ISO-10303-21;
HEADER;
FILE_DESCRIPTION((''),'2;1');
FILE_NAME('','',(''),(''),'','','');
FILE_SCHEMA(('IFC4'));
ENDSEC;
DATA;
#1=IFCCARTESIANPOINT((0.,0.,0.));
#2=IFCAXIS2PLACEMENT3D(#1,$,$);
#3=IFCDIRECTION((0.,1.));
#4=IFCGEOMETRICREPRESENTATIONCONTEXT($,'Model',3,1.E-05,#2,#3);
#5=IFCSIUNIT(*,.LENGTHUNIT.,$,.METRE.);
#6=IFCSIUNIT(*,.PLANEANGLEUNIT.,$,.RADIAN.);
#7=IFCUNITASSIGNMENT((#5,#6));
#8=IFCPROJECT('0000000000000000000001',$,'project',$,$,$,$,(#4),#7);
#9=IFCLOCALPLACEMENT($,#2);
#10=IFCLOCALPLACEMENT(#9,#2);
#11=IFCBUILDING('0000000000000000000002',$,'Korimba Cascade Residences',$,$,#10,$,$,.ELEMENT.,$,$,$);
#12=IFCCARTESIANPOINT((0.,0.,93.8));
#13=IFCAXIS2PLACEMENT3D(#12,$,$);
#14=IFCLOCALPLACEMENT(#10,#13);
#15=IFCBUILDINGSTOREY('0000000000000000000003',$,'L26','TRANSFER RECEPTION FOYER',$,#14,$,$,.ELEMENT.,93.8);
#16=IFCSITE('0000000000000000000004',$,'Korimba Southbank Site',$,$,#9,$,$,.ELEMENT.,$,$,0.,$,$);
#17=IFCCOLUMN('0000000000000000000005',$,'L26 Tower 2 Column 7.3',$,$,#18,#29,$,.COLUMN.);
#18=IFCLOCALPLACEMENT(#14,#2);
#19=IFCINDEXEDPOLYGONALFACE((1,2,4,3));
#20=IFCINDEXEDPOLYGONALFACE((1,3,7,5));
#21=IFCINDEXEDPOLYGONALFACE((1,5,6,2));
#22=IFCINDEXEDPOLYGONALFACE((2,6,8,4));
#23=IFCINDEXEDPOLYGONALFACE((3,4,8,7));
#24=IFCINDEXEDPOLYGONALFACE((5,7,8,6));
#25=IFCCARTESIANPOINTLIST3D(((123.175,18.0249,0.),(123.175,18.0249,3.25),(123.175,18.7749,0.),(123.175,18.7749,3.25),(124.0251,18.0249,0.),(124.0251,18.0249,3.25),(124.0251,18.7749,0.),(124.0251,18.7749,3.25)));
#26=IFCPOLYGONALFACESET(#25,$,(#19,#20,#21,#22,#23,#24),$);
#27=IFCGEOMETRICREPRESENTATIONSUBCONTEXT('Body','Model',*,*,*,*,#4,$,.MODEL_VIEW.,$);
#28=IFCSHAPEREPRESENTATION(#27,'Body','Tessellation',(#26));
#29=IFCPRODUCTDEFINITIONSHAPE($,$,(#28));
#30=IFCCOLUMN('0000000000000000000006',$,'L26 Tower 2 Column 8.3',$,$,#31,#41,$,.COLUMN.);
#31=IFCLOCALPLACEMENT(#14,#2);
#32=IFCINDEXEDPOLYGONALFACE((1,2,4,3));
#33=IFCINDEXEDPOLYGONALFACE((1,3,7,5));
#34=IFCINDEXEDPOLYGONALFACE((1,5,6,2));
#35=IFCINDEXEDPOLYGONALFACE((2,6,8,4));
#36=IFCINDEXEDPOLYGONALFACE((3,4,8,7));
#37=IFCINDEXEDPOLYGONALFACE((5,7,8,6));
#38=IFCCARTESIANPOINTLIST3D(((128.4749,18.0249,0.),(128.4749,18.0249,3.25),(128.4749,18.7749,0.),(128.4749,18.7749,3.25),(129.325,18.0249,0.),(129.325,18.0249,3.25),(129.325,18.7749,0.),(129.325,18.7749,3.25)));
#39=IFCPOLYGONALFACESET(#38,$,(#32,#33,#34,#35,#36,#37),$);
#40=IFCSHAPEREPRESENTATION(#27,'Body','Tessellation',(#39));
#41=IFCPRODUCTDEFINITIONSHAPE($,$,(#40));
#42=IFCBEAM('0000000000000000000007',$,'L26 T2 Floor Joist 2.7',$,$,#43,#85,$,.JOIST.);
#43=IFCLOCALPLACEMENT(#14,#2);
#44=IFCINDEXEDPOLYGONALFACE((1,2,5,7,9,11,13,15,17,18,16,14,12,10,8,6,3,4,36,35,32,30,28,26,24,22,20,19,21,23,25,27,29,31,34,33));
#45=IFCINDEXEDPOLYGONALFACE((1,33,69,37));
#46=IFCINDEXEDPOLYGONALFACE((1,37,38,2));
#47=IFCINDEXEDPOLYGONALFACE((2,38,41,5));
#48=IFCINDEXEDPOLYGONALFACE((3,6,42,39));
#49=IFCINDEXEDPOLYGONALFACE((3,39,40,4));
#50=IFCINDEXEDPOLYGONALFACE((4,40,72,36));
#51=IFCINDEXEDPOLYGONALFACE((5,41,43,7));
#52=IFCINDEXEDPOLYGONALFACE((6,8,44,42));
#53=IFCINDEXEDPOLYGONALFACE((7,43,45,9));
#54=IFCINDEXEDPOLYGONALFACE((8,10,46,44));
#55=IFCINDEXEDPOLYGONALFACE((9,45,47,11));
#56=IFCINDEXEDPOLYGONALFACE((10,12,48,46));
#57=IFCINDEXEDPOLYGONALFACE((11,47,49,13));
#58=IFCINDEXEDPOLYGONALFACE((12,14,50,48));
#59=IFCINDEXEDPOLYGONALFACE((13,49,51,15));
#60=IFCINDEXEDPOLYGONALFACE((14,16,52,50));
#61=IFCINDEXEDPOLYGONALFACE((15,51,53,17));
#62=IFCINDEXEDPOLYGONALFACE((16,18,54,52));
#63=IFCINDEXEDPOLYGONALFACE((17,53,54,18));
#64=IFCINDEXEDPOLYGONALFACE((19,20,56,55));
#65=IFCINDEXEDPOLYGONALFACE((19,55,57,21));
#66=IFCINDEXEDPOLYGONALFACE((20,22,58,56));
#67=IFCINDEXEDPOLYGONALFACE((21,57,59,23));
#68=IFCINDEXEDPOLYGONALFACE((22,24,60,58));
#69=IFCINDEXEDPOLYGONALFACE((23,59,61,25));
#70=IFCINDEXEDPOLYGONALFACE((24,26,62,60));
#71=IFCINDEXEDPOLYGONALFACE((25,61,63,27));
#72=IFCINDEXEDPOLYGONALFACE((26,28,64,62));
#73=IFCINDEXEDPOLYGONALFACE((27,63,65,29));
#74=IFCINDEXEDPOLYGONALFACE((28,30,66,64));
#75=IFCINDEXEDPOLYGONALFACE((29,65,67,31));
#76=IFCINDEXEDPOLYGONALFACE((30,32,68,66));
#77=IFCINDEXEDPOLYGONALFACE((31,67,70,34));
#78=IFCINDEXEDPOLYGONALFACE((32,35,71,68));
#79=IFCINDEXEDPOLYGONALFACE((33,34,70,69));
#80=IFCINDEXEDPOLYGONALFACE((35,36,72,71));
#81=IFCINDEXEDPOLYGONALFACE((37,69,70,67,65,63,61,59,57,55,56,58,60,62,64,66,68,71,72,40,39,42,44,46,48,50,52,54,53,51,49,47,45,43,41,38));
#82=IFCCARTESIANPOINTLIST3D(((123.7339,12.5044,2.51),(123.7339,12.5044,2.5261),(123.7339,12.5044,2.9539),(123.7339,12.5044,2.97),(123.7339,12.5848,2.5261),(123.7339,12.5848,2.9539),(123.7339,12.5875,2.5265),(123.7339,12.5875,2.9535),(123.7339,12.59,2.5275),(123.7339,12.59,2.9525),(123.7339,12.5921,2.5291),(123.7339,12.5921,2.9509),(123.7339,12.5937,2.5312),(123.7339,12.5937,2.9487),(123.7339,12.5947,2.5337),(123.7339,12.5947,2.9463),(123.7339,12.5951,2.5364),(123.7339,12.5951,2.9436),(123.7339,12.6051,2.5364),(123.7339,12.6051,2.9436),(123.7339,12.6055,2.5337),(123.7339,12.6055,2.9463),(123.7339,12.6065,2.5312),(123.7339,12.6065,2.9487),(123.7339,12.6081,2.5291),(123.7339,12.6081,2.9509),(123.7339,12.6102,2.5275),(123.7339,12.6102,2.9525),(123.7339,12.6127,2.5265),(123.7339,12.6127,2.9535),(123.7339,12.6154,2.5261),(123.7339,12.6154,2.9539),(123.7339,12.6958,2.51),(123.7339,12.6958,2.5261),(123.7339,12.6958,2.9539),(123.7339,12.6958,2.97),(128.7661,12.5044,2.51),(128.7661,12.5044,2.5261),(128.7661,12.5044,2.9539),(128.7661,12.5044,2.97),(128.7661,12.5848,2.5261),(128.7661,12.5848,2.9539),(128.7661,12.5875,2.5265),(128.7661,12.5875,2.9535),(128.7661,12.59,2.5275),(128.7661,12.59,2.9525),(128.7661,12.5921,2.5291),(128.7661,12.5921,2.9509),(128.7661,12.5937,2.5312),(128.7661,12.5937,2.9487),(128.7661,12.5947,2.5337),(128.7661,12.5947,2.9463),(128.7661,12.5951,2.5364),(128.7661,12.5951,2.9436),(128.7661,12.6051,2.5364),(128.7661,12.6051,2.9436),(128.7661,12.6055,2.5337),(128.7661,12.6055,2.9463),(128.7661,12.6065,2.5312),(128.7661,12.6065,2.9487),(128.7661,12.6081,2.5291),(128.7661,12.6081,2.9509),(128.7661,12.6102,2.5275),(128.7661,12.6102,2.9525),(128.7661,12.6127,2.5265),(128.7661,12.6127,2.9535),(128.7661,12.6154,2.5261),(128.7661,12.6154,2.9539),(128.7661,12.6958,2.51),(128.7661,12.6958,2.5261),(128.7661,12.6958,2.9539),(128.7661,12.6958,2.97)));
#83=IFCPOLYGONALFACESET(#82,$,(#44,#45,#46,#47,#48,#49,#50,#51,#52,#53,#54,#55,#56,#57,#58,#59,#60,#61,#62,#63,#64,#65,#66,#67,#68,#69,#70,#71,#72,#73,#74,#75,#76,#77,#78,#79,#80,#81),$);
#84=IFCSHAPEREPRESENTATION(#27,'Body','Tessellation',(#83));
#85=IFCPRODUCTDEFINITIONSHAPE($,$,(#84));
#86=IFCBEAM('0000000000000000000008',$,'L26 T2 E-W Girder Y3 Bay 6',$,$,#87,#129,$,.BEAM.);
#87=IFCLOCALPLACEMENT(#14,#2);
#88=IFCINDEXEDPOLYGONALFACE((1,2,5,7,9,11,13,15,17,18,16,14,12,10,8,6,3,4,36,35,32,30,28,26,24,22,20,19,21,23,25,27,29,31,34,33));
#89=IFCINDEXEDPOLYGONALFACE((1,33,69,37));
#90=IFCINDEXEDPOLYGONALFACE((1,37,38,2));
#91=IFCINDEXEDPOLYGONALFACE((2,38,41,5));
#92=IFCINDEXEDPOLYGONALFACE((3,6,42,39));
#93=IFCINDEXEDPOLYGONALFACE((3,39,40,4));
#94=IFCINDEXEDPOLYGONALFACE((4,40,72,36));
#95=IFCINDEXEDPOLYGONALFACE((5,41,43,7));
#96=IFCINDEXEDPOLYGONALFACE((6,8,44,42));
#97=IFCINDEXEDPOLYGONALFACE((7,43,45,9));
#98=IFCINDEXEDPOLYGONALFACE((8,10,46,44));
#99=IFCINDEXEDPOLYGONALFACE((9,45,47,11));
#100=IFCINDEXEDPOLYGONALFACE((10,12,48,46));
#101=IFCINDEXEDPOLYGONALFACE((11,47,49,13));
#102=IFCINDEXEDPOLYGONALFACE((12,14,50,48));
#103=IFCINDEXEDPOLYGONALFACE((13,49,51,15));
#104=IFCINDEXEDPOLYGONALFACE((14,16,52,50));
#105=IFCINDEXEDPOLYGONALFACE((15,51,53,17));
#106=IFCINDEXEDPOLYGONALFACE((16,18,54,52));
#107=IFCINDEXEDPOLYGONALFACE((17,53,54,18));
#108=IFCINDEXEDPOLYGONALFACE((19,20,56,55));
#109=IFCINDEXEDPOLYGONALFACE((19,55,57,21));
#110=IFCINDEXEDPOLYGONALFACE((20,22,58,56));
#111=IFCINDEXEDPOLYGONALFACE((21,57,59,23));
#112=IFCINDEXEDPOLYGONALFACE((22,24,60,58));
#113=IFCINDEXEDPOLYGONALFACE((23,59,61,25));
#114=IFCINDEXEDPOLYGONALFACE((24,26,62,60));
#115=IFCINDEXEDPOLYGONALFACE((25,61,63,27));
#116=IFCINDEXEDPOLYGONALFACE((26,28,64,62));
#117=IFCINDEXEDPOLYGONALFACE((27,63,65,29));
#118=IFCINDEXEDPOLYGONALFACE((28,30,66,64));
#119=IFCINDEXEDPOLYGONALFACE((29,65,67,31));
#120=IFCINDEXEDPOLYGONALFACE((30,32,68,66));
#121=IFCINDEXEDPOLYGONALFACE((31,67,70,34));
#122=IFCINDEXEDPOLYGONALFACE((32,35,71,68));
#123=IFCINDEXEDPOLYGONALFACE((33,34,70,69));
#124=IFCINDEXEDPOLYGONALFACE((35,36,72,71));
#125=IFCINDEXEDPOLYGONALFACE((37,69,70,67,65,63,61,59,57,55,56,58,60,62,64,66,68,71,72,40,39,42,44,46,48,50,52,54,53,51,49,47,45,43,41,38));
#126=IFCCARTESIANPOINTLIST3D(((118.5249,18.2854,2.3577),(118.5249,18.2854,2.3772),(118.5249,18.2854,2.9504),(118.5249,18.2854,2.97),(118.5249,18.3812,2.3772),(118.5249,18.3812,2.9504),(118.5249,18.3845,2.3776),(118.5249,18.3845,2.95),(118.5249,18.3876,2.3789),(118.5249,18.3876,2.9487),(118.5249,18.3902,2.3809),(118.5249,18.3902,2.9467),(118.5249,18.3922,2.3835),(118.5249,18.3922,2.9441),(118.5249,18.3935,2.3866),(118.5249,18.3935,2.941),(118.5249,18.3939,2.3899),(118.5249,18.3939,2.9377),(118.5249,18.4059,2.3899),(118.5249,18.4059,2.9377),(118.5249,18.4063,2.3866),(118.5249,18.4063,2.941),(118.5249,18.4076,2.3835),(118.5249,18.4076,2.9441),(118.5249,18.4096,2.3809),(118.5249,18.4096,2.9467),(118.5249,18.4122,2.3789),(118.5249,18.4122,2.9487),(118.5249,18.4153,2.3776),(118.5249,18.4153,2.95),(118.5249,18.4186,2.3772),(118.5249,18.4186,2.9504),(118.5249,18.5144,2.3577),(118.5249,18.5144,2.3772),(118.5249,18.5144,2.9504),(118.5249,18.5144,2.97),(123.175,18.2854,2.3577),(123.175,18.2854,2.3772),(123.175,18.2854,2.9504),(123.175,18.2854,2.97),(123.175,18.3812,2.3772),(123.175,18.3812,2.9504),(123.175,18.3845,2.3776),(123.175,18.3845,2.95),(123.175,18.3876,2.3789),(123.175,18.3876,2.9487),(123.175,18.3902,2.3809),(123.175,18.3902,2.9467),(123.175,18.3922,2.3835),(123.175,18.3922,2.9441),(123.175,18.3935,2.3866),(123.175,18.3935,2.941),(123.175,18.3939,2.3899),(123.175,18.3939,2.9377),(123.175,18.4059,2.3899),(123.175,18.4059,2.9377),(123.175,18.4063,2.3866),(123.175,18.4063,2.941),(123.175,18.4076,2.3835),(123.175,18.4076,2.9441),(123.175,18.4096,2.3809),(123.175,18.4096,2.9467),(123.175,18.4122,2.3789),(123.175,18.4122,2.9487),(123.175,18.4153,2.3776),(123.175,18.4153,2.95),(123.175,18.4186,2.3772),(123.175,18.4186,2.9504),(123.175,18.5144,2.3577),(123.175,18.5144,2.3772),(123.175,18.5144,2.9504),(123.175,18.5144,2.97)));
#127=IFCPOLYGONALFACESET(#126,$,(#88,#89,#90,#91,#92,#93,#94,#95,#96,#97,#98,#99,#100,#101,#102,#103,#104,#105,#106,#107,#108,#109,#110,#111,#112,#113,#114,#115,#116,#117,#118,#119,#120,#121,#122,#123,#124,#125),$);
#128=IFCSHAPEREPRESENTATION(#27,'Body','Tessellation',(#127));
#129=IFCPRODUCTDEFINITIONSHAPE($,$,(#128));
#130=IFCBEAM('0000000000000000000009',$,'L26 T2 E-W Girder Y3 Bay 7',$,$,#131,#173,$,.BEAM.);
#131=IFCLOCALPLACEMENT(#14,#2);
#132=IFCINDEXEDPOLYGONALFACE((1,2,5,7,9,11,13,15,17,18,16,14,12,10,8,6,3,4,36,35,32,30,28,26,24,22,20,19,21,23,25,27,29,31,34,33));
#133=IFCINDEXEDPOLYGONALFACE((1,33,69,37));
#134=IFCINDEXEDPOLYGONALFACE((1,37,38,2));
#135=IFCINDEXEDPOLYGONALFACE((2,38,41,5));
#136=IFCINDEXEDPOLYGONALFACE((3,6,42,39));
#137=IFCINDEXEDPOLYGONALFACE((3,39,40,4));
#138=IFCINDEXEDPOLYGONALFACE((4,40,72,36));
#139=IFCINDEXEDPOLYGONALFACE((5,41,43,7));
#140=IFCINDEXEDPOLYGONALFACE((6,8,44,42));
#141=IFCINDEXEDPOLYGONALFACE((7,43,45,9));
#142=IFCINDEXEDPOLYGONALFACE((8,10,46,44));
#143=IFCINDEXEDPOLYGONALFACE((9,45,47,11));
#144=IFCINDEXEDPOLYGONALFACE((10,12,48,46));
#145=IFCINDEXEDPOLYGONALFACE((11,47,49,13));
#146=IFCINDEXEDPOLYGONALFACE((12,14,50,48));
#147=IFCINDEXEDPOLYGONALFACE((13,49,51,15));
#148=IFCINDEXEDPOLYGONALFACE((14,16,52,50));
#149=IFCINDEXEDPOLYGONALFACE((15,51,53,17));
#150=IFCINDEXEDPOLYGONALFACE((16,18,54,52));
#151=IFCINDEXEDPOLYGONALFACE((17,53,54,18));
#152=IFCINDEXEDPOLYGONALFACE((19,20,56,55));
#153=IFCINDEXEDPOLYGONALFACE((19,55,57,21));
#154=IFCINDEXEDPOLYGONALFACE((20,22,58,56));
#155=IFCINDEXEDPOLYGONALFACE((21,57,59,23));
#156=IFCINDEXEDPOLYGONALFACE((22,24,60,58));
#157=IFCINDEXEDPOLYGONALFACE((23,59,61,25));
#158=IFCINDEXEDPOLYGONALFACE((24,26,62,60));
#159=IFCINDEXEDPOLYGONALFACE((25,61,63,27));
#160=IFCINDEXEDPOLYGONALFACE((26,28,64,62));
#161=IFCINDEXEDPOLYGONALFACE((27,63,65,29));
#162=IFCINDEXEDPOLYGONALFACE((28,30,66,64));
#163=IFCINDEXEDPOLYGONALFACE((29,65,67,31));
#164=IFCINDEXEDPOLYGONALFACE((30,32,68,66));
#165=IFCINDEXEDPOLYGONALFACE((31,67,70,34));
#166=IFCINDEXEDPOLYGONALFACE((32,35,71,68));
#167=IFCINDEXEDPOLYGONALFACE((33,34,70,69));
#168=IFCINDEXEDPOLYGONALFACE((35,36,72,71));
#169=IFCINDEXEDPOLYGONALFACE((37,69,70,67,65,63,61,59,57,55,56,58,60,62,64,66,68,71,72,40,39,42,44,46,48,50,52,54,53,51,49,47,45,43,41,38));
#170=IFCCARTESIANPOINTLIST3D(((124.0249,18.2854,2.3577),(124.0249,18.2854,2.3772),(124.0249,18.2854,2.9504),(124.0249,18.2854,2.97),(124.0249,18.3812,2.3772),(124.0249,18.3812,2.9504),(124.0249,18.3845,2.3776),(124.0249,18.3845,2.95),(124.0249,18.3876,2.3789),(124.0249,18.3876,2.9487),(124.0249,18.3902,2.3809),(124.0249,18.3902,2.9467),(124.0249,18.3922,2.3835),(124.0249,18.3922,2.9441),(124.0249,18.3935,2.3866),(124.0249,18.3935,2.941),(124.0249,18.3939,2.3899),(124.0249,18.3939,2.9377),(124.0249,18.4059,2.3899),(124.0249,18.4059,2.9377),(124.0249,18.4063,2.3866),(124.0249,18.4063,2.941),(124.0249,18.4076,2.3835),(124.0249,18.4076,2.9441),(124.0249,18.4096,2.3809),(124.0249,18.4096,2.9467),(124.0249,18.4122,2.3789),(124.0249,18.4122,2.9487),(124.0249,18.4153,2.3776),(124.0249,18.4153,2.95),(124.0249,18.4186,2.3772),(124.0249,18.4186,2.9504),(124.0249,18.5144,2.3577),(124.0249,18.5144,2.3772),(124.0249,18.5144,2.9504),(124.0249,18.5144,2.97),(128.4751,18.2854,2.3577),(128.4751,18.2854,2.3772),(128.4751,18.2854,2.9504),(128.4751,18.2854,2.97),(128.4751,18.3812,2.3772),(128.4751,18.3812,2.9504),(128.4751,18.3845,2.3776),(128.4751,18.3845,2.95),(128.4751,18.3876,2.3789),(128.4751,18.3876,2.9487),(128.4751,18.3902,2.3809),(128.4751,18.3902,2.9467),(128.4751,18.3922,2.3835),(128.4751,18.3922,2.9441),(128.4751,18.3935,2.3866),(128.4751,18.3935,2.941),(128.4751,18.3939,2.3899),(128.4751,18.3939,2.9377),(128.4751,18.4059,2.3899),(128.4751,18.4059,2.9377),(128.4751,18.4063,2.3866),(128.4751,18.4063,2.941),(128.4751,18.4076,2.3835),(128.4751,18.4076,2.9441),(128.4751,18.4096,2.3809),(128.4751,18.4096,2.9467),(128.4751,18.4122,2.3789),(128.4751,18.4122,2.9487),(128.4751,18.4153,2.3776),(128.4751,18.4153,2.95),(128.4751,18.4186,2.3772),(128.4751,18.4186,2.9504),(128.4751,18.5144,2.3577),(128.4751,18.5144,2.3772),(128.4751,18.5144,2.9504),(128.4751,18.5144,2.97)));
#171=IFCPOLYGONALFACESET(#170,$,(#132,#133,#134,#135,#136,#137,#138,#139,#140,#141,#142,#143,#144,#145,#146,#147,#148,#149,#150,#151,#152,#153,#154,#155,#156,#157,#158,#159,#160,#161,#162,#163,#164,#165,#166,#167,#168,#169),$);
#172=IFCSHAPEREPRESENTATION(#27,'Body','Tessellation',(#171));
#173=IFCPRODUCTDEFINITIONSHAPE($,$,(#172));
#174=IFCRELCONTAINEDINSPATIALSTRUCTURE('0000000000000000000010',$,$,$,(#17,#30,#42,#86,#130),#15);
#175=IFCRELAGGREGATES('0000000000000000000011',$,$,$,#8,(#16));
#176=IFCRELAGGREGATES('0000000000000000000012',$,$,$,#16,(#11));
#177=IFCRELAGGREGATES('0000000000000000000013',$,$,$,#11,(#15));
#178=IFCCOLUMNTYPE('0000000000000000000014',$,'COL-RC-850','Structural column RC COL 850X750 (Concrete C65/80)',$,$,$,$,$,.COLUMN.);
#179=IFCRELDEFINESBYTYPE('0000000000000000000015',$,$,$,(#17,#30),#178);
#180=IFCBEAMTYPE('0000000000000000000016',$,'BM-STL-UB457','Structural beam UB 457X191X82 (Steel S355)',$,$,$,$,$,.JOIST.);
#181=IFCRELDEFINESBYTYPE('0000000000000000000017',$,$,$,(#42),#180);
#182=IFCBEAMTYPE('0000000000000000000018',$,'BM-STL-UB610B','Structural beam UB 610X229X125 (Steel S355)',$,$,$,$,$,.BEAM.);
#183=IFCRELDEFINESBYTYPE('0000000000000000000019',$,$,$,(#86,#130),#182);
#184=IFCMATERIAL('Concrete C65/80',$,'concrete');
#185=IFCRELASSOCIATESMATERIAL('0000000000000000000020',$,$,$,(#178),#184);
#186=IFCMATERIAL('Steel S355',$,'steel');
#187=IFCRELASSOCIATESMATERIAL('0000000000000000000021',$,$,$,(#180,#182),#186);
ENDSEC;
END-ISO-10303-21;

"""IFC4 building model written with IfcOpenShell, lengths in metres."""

from ifc_helpers import new_model, si_unit, direction, frame, origin, origin_2d, place, context, subcontext, project, spatial, rectangle, i_section, extrude, material, material_profile, profile_set, type_object, element, save


model = new_model("IFC4")

# Units and contexts
model_context = context("Model", 3, precision=1e-05, world=origin(), true_north=direction((0.0, 1.0)))
body_context = subcontext(model_context, "Body", "Model", "MODEL_VIEW")
ifc_project = project(units=[si_unit("LENGTHUNIT", "METRE"), si_unit("PLANEANGLEUNIT", "RADIAN")], contexts=[model_context])

# Site, building, storey
site_placement = place(None, origin())
site = spatial("IfcSite", under=ifc_project, at=site_placement, Name="Korimba Southbank Site", CompositionType="ELEMENT", RefElevation=0.0)
building_placement = place(site_placement, origin())
building = spatial("IfcBuilding", under=site, at=building_placement, Name="Korimba Cascade Residences", CompositionType="ELEMENT")
storey_placement = place(building_placement, frame((0.0, 0.0, 93.8)))
storey = spatial("IfcBuildingStorey", under=building, at=storey_placement, Name="L26", Description="TRANSFER RECEPTION FOYER", CompositionType="ELEMENT", Elevation=93.8)

# Columns
ifc_material_1 = material(Name="Concrete C65/80", Category="concrete")
ifc_material_profile_1 = material_profile(ifc_material_1, rectangle(XDim=0.8501, YDim=0.75, at=origin_2d()), Name="Concrete C65/80")
ifc_profile_set_1 = profile_set([ifc_material_profile_1], Name="Concrete C65/80")
column_type = type_object("IfcColumnType", Name="COL-RC-850", Description="Structural column RC COL 850X750 (Concrete C65/80)", PredefinedType="COLUMN", material=ifc_profile_set_1)
for number, where, z_axis, x_axis, name in (
    (1, (123.6001, 18.3999, 0.0), (0.0, 0.0, 1.0), (1.0, 0.0, 0.0), "L26 Tower 2 Column 7.3"),
    (2, (128.8999, 18.3999, 0.0), (0.0, 0.0, 1.0), (1.0, 0.0, 0.0), "L26 Tower 2 Column 8.3"),
):
    element("IfcColumn", number, at=place(storey_placement, frame(where, z_axis=z_axis, x_axis=x_axis)), inside=storey, type_object=column_type, Name=name, PredefinedType="COLUMN", context=body_context, shape_type="SweptSolid", body=[
        extrude(rectangle(XDim=0.8501, YDim=0.75, at=origin_2d()), origin(), (0.0, 0.0, 1.0), 3.25),
    ])

# Beams
ifc_material_2 = material(Name="Steel S355", Category="steel")
ifc_material_profile_2 = material_profile(ifc_material_2, i_section(OverallWidth=0.1914, OverallDepth=0.46, WebThickness=0.01, FlangeThickness=0.0161, FilletRadius=0.0103, at=origin_2d()), Name="Steel S355")
ifc_profile_set_2 = profile_set([ifc_material_profile_2], Name="Steel S355")
beam_type_1 = type_object("IfcBeamType", Name="BM-STL-UB457", Description="Structural beam UB 457X191X82 (Steel S355)", PredefinedType="JOIST", material=ifc_profile_set_2)
beam_1_placement = place(storey_placement, frame((123.7339, 12.6001, 2.74), z_axis=(1.0, 0.0, 0.0), x_axis=(0.0, 1.0, 0.0)))
element("IfcBeam", 3, at=beam_1_placement, inside=storey, type_object=beam_type_1, Name="L26 T2 Floor Joist 2.7", PredefinedType="JOIST", context=body_context, shape_type="SweptSolid", body=[
    extrude(i_section(OverallWidth=0.1914, OverallDepth=0.46, WebThickness=0.01, FlangeThickness=0.0161, FilletRadius=0.0103, at=origin_2d()), origin(), (0.0, 0.0, 1.0), 5.0322),
])
ifc_material_profile_3 = material_profile(ifc_material_2, i_section(OverallWidth=0.229, OverallDepth=0.6123, WebThickness=0.012, FlangeThickness=0.0195, FilletRadius=0.0127, at=origin_2d()), Name="Steel S355")
ifc_profile_set_3 = profile_set([ifc_material_profile_3], Name="Steel S355")
beam_type_2 = type_object("IfcBeamType", Name="BM-STL-UB610B", Description="Structural beam UB 610X229X125 (Steel S355)", PredefinedType="BEAM", material=ifc_profile_set_3)
beam_2_placement = place(storey_placement, frame((118.5249, 18.3999, 2.6638), z_axis=(1.0, 0.0, 0.0), x_axis=(0.0, 1.0, 0.0)))
element("IfcBeam", 4, at=beam_2_placement, inside=storey, type_object=beam_type_2, Name="L26 T2 E-W Girder Y3 Bay 6", PredefinedType="BEAM", context=body_context, shape_type="SweptSolid", body=[
    extrude(i_section(OverallWidth=0.229, OverallDepth=0.6123, WebThickness=0.012, FlangeThickness=0.0195, FilletRadius=0.0127, at=origin_2d()), origin(), (0.0, 0.0, 1.0), 4.6501),
])
beam_3_placement = place(storey_placement, frame((124.0249, 18.3999, 2.6638), z_axis=(1.0, 0.0, 0.0), x_axis=(0.0, 1.0, 0.0)))
element("IfcBeam", 5, at=beam_3_placement, inside=storey, type_object=beam_type_2, Name="L26 T2 E-W Girder Y3 Bay 7", PredefinedType="BEAM", context=body_context, shape_type="SweptSolid", body=[
    extrude(i_section(OverallWidth=0.229, OverallDepth=0.6123, WebThickness=0.012, FlangeThickness=0.0195, FilletRadius=0.0127, at=origin_2d()), origin(), (0.0, 0.0, 1.0), 4.4502),
])

save(model, "model.ifc")
